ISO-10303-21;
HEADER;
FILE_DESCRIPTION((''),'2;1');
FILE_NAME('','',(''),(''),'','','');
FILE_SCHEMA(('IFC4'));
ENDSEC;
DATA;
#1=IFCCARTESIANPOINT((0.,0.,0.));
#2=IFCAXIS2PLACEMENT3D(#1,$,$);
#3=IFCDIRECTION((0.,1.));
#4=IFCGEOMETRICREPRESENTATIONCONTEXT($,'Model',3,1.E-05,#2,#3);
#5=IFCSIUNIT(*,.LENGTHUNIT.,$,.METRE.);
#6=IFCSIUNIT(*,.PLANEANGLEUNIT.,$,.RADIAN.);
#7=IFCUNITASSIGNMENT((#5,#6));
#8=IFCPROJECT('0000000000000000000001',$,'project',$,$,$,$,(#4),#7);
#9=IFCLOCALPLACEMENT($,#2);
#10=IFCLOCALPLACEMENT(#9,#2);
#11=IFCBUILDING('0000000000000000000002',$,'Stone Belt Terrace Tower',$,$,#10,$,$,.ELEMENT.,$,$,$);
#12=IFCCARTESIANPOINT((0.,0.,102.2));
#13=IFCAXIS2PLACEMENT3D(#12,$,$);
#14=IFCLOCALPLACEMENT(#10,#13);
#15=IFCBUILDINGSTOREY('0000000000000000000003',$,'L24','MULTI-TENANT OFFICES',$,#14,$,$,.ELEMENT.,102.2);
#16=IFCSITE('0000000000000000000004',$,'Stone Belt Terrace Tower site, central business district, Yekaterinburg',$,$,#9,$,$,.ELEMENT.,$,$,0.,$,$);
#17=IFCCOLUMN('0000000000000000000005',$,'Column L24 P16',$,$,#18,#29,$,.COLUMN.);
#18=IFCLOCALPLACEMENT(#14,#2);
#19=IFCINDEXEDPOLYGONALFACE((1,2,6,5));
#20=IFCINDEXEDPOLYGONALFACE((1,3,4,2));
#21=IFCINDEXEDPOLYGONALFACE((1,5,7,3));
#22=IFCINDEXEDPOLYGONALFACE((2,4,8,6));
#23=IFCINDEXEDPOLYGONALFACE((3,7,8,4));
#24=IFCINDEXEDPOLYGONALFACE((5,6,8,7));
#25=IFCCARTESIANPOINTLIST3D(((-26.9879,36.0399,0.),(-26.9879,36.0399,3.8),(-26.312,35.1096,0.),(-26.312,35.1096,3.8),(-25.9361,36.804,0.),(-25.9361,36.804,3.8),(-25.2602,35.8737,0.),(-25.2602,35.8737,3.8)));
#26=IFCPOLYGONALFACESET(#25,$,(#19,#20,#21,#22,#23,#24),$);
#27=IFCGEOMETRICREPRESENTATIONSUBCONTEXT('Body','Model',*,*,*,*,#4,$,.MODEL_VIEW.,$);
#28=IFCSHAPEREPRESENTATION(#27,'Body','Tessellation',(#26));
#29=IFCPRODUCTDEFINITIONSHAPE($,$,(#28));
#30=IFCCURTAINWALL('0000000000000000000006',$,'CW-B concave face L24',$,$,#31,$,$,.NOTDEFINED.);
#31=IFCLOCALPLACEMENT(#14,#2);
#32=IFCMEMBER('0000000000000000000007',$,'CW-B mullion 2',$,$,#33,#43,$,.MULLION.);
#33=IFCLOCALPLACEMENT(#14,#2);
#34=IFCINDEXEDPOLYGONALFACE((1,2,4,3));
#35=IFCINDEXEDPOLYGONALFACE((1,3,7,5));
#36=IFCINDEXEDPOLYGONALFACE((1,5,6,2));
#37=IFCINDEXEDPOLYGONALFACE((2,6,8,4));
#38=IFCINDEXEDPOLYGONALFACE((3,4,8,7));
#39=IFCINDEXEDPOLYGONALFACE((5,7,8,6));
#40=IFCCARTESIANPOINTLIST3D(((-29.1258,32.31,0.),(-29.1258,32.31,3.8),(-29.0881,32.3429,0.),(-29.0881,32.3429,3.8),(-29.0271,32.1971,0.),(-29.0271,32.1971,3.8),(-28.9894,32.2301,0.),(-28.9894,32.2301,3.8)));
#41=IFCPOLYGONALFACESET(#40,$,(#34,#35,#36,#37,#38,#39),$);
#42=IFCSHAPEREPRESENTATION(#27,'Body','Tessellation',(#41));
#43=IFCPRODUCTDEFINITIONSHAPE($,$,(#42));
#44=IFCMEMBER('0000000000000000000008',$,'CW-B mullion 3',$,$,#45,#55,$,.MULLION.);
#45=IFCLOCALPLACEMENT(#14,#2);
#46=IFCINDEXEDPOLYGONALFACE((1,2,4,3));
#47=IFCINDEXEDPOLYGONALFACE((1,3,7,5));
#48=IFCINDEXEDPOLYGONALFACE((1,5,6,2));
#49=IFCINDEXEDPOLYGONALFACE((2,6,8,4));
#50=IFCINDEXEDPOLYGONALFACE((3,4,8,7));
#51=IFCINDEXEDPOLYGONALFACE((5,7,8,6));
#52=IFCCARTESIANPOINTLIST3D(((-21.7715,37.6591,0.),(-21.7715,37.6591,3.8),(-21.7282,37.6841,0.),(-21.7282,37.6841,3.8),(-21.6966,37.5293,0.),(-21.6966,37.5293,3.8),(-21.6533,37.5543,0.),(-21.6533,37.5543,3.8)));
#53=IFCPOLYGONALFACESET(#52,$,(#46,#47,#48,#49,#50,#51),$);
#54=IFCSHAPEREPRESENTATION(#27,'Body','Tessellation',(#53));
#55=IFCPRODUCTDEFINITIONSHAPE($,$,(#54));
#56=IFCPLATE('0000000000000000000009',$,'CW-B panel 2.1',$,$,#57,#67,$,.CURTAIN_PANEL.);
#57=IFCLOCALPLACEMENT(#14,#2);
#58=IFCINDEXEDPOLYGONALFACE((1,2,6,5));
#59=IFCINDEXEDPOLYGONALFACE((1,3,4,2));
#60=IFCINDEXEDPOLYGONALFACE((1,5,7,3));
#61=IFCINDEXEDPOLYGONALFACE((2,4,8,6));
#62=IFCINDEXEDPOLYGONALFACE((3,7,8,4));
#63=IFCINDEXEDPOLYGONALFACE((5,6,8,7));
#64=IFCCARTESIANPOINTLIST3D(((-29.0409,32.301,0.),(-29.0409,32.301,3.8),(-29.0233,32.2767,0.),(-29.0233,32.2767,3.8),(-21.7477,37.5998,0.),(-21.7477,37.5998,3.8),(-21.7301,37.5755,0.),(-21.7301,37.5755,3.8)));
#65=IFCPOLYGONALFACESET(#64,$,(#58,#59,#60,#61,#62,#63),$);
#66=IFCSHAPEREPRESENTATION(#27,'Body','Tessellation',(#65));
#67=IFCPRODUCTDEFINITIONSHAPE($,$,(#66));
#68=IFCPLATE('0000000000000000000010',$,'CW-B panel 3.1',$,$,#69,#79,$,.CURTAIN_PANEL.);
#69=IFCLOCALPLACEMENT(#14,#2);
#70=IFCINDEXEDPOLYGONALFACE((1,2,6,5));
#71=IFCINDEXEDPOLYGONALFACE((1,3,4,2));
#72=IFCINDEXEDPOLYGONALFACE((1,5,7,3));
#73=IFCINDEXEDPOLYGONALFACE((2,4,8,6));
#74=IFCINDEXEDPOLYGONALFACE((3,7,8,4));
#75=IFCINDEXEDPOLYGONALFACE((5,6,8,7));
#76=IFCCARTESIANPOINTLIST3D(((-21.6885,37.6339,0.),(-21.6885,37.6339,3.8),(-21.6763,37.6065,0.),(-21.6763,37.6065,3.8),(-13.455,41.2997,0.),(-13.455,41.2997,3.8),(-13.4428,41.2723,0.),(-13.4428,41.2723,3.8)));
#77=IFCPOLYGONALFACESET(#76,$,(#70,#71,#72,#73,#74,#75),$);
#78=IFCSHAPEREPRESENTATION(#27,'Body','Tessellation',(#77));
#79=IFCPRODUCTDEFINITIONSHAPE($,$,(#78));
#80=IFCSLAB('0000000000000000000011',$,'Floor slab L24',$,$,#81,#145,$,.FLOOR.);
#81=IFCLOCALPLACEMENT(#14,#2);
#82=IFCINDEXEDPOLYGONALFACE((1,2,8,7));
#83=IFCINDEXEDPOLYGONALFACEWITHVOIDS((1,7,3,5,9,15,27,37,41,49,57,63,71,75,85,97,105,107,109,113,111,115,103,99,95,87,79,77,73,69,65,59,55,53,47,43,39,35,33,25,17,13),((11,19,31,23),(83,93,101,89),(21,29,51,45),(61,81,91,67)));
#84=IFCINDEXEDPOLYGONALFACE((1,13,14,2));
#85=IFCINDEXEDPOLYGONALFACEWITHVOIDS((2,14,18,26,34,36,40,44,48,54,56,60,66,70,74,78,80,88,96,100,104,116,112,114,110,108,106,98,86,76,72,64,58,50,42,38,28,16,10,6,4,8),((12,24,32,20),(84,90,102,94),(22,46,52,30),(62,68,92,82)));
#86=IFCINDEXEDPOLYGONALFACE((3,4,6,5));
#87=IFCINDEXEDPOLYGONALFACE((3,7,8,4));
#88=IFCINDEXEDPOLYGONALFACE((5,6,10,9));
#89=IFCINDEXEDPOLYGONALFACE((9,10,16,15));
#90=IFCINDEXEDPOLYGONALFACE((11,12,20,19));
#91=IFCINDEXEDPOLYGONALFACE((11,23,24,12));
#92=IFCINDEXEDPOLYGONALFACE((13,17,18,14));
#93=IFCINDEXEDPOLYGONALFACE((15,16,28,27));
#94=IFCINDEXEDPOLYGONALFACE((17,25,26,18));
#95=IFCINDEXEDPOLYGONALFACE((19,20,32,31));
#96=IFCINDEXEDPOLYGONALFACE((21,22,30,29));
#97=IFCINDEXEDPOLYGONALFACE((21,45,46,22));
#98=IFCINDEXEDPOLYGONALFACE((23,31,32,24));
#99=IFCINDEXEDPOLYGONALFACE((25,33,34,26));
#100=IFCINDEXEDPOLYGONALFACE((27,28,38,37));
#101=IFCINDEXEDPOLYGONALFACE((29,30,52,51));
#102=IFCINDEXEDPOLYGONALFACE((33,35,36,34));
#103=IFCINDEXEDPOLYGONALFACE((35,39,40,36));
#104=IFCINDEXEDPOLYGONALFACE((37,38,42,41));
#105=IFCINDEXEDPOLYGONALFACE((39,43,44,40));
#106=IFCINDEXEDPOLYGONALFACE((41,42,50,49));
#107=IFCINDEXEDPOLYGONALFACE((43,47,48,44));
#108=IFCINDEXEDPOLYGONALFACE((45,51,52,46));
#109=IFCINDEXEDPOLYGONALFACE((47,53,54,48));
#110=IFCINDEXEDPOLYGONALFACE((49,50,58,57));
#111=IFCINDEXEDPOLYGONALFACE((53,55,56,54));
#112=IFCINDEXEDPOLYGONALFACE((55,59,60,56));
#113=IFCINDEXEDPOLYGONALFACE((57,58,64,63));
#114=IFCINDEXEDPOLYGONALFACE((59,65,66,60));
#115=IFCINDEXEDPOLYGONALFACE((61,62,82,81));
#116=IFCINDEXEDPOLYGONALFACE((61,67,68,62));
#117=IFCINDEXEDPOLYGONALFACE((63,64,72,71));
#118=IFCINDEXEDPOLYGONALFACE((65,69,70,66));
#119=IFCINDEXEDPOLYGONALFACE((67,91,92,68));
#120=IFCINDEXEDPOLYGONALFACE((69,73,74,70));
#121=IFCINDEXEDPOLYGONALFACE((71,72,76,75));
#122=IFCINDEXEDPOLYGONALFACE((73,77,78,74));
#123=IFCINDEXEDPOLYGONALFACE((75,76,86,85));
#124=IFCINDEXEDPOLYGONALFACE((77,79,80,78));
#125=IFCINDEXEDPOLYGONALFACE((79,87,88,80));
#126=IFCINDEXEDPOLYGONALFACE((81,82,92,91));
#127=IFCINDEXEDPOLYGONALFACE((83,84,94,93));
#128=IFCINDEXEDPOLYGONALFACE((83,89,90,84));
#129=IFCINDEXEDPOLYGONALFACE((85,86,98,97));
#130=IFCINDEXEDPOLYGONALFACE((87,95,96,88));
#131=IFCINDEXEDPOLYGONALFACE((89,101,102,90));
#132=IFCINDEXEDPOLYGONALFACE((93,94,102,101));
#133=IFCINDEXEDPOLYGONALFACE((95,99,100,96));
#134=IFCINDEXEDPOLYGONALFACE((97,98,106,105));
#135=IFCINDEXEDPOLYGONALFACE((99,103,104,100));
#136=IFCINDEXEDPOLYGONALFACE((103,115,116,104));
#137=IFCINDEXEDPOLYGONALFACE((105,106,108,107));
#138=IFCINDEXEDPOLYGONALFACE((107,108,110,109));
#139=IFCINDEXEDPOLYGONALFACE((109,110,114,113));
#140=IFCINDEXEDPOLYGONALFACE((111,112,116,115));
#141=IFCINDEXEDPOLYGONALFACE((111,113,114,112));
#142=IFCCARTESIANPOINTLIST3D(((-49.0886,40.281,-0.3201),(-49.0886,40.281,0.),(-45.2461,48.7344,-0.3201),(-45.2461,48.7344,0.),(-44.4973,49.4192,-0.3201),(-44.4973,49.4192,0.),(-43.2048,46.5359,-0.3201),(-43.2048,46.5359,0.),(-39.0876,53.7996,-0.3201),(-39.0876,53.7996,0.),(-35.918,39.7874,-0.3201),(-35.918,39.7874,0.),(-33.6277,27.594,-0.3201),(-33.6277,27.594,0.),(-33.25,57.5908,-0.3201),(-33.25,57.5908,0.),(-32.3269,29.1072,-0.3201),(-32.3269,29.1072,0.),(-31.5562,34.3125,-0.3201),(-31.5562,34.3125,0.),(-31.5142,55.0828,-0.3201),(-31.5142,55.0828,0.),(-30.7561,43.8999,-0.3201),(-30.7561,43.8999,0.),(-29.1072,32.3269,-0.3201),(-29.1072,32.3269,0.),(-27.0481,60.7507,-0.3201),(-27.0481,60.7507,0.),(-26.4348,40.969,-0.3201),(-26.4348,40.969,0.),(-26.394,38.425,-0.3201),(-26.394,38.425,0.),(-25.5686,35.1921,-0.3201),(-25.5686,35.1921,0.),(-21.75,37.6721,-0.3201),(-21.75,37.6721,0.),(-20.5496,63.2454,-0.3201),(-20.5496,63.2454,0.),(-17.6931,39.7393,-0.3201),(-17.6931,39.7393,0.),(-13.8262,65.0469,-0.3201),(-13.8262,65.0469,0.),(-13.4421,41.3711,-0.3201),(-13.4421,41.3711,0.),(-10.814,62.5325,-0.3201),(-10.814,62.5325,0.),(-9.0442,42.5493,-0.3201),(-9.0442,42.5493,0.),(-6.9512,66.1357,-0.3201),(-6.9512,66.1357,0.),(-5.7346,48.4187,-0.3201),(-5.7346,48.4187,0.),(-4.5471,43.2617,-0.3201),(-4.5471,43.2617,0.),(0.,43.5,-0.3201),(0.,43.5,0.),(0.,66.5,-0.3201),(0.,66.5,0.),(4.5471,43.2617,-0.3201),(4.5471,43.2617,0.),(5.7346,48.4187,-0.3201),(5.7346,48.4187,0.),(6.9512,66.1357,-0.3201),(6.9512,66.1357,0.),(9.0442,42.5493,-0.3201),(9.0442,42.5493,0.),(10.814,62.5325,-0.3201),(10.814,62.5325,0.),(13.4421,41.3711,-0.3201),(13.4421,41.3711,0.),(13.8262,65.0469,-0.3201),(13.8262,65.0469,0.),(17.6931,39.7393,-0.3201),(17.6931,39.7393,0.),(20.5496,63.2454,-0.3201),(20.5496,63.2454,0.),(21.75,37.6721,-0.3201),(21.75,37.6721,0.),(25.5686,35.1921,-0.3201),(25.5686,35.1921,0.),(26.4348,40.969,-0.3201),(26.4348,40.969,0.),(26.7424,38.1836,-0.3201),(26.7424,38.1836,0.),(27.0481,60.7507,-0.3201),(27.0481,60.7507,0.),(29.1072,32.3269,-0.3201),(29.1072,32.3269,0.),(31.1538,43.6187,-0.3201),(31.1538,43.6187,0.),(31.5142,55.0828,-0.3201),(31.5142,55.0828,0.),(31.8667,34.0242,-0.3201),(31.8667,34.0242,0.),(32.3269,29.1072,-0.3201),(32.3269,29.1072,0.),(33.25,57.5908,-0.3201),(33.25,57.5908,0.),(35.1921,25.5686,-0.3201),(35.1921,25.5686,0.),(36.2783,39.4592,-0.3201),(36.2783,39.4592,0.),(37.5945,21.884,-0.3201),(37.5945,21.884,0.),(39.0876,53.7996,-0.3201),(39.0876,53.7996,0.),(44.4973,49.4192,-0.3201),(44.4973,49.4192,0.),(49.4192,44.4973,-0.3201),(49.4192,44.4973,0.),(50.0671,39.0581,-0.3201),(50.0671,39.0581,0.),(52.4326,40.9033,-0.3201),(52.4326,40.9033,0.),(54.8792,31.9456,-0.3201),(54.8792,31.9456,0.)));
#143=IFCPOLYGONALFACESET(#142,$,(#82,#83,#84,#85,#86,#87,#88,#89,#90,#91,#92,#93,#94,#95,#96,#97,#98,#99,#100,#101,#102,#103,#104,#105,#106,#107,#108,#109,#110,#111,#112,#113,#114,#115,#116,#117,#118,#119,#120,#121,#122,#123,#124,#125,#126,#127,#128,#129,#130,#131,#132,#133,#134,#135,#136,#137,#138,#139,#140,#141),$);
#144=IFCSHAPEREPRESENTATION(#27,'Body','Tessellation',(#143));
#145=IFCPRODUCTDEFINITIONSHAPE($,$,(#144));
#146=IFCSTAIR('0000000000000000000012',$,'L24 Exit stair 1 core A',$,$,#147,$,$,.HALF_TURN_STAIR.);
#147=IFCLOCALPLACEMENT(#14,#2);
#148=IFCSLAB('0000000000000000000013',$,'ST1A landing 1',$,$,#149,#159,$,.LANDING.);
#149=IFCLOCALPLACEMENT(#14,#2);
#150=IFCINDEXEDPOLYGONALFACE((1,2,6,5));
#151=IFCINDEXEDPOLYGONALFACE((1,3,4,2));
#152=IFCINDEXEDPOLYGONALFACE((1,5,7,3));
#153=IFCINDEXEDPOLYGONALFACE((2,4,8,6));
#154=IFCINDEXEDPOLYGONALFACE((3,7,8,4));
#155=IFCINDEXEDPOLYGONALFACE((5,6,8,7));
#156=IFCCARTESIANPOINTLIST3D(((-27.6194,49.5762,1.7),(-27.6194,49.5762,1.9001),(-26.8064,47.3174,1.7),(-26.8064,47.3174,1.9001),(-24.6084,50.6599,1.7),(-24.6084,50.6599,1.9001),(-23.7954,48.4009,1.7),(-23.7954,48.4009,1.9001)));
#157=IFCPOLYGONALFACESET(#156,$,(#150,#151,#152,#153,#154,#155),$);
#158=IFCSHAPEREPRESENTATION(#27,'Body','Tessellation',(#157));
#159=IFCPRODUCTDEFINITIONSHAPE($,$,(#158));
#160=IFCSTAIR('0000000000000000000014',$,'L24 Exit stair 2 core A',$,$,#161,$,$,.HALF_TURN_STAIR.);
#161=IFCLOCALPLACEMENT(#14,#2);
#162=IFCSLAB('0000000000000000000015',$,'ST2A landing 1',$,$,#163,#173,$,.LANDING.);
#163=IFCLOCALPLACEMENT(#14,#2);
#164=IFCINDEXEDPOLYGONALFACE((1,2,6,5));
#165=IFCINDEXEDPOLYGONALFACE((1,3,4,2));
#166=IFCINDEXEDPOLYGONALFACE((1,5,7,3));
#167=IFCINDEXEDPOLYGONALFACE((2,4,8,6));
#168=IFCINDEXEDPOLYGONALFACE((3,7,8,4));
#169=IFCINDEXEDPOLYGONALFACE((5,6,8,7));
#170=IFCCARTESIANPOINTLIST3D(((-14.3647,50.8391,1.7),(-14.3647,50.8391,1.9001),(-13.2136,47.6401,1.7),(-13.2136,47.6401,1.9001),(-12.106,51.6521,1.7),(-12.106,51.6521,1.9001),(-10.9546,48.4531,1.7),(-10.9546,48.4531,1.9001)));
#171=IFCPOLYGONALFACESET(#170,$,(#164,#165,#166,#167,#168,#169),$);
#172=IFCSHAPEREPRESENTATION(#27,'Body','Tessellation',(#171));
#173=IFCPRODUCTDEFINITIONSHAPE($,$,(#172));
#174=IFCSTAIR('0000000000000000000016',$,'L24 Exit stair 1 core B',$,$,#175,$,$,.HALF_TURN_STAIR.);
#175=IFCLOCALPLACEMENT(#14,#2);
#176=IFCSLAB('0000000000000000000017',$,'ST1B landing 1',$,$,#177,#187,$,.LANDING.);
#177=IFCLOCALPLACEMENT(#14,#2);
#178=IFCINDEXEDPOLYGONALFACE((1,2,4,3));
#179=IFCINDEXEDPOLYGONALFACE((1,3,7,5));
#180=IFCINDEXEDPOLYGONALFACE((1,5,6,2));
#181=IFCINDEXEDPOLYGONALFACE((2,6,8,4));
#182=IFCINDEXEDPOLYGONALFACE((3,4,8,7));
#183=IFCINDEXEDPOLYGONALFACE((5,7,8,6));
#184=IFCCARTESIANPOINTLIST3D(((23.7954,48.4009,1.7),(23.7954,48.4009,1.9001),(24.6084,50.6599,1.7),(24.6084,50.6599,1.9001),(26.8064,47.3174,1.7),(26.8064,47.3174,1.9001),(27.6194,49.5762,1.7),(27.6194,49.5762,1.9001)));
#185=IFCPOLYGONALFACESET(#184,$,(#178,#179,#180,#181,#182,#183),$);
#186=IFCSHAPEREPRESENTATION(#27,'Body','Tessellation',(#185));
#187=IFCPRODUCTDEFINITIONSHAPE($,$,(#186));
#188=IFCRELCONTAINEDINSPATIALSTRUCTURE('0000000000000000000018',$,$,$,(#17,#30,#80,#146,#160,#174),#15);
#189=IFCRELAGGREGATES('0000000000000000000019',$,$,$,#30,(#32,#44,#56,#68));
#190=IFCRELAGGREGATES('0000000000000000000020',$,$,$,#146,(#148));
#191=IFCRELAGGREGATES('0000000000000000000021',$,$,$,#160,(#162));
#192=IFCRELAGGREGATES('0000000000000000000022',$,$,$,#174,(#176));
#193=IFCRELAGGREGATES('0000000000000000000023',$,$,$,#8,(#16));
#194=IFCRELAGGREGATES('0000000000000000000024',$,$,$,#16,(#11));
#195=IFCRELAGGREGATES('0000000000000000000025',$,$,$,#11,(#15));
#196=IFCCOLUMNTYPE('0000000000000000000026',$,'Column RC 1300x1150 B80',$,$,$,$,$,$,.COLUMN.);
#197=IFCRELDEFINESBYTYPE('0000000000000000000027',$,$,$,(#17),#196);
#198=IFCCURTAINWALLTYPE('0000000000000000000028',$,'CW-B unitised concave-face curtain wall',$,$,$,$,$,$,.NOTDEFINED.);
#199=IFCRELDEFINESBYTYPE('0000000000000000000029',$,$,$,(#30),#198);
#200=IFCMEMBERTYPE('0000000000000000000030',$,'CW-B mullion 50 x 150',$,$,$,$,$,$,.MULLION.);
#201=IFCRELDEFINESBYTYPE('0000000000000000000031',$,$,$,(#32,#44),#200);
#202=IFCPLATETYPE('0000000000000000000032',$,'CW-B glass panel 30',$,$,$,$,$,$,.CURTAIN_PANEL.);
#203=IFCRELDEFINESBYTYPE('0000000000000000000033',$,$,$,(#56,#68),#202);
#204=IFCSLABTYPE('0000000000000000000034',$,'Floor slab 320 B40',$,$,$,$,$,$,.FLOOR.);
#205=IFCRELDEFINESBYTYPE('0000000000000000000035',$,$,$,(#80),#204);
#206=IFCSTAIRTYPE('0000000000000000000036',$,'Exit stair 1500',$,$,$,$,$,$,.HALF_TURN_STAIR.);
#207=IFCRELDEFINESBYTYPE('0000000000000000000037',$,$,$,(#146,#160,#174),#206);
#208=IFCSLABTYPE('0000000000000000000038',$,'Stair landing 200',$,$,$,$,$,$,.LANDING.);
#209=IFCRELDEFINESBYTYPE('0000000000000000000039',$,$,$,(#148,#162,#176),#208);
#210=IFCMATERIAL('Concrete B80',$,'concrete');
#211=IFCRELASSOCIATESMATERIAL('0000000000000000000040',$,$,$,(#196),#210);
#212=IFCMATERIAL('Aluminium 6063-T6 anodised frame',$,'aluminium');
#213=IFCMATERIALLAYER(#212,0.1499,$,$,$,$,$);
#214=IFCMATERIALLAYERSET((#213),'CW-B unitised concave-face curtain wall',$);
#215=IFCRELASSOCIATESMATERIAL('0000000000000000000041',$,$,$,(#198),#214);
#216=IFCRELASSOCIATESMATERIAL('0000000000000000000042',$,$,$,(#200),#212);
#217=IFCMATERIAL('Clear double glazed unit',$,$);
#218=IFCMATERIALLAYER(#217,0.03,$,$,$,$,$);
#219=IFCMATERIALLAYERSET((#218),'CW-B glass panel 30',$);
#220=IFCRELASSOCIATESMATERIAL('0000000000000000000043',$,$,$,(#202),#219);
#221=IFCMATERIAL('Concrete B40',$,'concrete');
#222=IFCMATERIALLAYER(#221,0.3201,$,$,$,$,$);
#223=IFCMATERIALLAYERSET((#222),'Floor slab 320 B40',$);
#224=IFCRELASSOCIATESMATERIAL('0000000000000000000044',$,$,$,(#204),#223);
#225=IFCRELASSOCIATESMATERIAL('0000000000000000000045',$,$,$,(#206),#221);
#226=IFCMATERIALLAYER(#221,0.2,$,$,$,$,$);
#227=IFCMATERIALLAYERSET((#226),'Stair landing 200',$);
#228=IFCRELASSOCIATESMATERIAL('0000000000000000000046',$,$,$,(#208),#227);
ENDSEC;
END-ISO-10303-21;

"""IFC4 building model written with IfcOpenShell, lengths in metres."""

from ifc_helpers import new_model, si_unit, direction, frame, origin, origin_2d, place, context, subcontext, project, spatial, polyline, rectangle, outline, extrude, material, layer, layer_set, material_profile, profile_set, type_object, element, aggregate, save


model = new_model("IFC4")

# Units and contexts
model_context = context("Model", 3, precision=1e-05, world=origin(), true_north=direction((0.0, 1.0)))
body_context = subcontext(model_context, "Body", "Model", "MODEL_VIEW")
ifc_project = project(units=[si_unit("LENGTHUNIT", "METRE"), si_unit("PLANEANGLEUNIT", "RADIAN")], contexts=[model_context])

# Site, building, storey
site_placement = place(None, origin())
site = spatial("IfcSite", under=ifc_project, at=site_placement, Name="Stone Belt Terrace Tower site, central business district, Yekaterinburg", CompositionType="ELEMENT", RefElevation=0.0)
building_placement = place(site_placement, origin())
building = spatial("IfcBuilding", under=site, at=building_placement, Name="Stone Belt Terrace Tower", CompositionType="ELEMENT")
storey_placement = place(building_placement, frame((0.0, 0.0, 102.2)))
storey = spatial("IfcBuildingStorey", under=building, at=storey_placement, Name="L24", Description="MULTI-TENANT OFFICES", CompositionType="ELEMENT", Elevation=102.2)

# Column
ifc_material_1 = material(Name="Concrete B80", Category="concrete")
ifc_material_profile_1 = material_profile(ifc_material_1, rectangle(XDim=1.3, YDim=1.1499, at=origin_2d()), Name="RC 1300x1150")
ifc_profile_set_1 = profile_set([ifc_material_profile_1], Name="Concrete B80")
column_type = type_object("IfcColumnType", Name="Column RC 1300x1150 B80", PredefinedType="COLUMN", material=ifc_profile_set_1)
column_placement = place(storey_placement, frame((-26.124, 35.9568, 0.0), z_axis=(0.0, 0.0, 1.0), x_axis=(0.809017, 0.587785, 0.0)))
element("IfcColumn", 1, at=column_placement, inside=storey, type_object=column_type, Name="Column L24 P16", PredefinedType="COLUMN", context=body_context, shape_type="SweptSolid", body=[
    extrude(rectangle(XDim=1.3, YDim=1.1499, at=origin_2d()), origin(), (0.0, 0.0, 1.0), 3.8),
])

# Curtain wall, members, plates
ifc_material_2 = material(Name="Aluminium 6063-T6 anodised frame", Category="aluminium")
ifc_layer_1 = layer(ifc_material_2, 0.1499)
ifc_layer_set_1 = layer_set([ifc_layer_1], Name="CW-B unitised concave-face curtain wall")
curtain_wall_type = type_object("IfcCurtainWallType", Name="CW-B unitised concave-face curtain wall", PredefinedType="NOTDEFINED", material=ifc_layer_set_1)
curtain_wall_placement = place(storey_placement, origin())
curtain_wall = element("IfcCurtainWall", 2, at=curtain_wall_placement, inside=storey, type_object=curtain_wall_type, Name="CW-B concave face L24", PredefinedType="NOTDEFINED")
ifc_material_profile_2 = material_profile(ifc_material_2, rectangle(XDim=0.1499, YDim=0.05, at=origin_2d()), Name="Aluminium 6063-T6 50x150")
ifc_profile_set_2 = profile_set([ifc_material_profile_2], Name="Aluminium 6063-T6 anodised frame")
member_type = type_object("IfcMemberType", Name="CW-B mullion 50 x 150", PredefinedType="MULLION", material=ifc_profile_set_2)
member_1_placement = place(storey_placement, frame((-29.0576, 32.27, 0.0), z_axis=(0.0, 0.0, 1.0), x_axis=(-0.658127, 0.752907, 0.0)))
member_1 = element("IfcMember", 3, at=member_1_placement, type_object=member_type, Name="CW-B mullion 2", PredefinedType="MULLION", context=body_context, shape_type="SweptSolid", body=[
    extrude(rectangle(XDim=0.1499, YDim=0.05, at=origin_2d()), origin(), (0.0, 0.0, 1.0), 3.8),
])
member_2_placement = place(storey_placement, frame((-21.7124, 37.6067, 0.0), z_axis=(0.0, 0.0, 1.0), x_axis=(-0.5, 0.866025, 0.0)))
member_2 = element("IfcMember", 4, at=member_2_placement, type_object=member_type, Name="CW-B mullion 3", PredefinedType="MULLION", context=body_context, shape_type="SweptSolid", body=[
    extrude(rectangle(XDim=0.1499, YDim=0.05, at=origin_2d()), origin(), (0.0, 0.0, 1.0), 3.8),
])
ifc_material_3 = material(Name="Clear double glazed unit")
ifc_layer_2 = layer(ifc_material_3, 0.03)
ifc_layer_set_2 = layer_set([ifc_layer_2], Name="CW-B glass panel 30")
plate_type = type_object("IfcPlateType", Name="CW-B glass panel 30", PredefinedType="CURTAIN_PANEL", material=ifc_layer_set_2)
plate_1_placement = place(storey_placement, frame((-25.3855, 34.9382, 0.0), z_axis=(0.0, 0.0, 1.0), x_axis=(0.809017, 0.587785, 0.0)))
plate_1 = element("IfcPlate", 5, at=plate_1_placement, type_object=plate_type, Name="CW-B panel 2.1", PredefinedType="CURTAIN_PANEL", context=body_context, shape_type="SweptSolid", body=[
    extrude(rectangle(XDim=9.0149, YDim=0.03, at=origin_2d()), origin(), (0.0, 0.0, 1.0), 3.8),
])
plate_2_placement = place(storey_placement, frame((-17.5657, 39.4531, 0.0), z_axis=(0.0, 0.0, 1.0), x_axis=(0.913545, 0.406737, 0.0)))
plate_2 = element("IfcPlate", 6, at=plate_2_placement, type_object=plate_type, Name="CW-B panel 3.1", PredefinedType="CURTAIN_PANEL", context=body_context, shape_type="SweptSolid", body=[
    extrude(rectangle(XDim=9.0127, YDim=0.03, at=origin_2d()), origin(), (0.0, 0.0, 1.0), 3.8),
])
aggregate(curtain_wall, [member_1, member_2, plate_1, plate_2])

# Slab
ifc_material_4 = material(Name="Concrete B40", Category="concrete")
ifc_layer_3 = layer(ifc_material_4, 0.3201)
ifc_layer_set_3 = layer_set([ifc_layer_3], Name="Floor slab 320 B40")
slab_type_1 = type_object("IfcSlabType", Name="Floor slab 320 B40", PredefinedType="FLOOR", material=ifc_layer_set_3)
slab_1_placement = place(storey_placement, frame((0.0, 0.0, -0.3201)))
element("IfcSlab", 7, at=slab_1_placement, inside=storey, type_object=slab_type_1, Name="Floor slab L24", PredefinedType="FLOOR", context=body_context, shape_type="SweptSolid", body=[
    extrude(outline(polyline([(-44.4973, 49.4192), (-39.0876, 53.7996), (-33.25, 57.5908), (-27.0481, 60.7507), (-20.5496, 63.2454), (-13.8262, 65.0469), (-6.9512, 66.1357), (0.0, 66.5), (6.9512, 66.1357), (13.8262, 65.0469), (20.5496, 63.2454), (27.0481, 60.7507), (33.25, 57.5908), (39.0876, 53.7996), (44.4973, 49.4192), (49.4192, 44.4973), (52.4326, 40.9033), (50.0671, 39.0581), (54.8792, 31.9456), (37.5945, 21.884), (35.1921, 25.5686), (32.3269, 29.1072), (29.1072, 32.3269), (25.5686, 35.1921), (21.75, 37.6721), (17.6931, 39.7393), (13.4421, 41.3711), (9.0442, 42.5493), (4.5471, 43.2617), (0.0, 43.5), (-4.5471, 43.2617), (-9.0442, 42.5493), (-13.4421, 41.3711), (-17.6931, 39.7393), (-21.75, 37.6721), (-25.5686, 35.1921), (-29.1072, 32.3269), (-32.3269, 29.1072), (-33.6277, 27.594), (-49.0886, 40.281), (-43.2048, 46.5359), (-45.2461, 48.7344), (-44.4973, 49.4192)]), holes=[polyline([(-26.4348, 40.969), (-5.7346, 48.4187), (-10.814, 62.5325), (-31.5142, 55.0828), (-26.4348, 40.969)]), polyline([(10.814, 62.5325), (5.7346, 48.4187), (26.4348, 40.969), (31.5142, 55.0828), (10.814, 62.5325)]), polyline([(-35.918, 39.7874), (-31.5562, 34.3125), (-26.394, 38.425), (-30.7561, 43.8999), (-35.918, 39.7874)]), polyline([(36.2783, 39.4592), (31.1538, 43.6187), (26.7424, 38.1836), (31.8667, 34.0242), (36.2783, 39.4592)])]), origin(), (0.0, 0.0, 1.0), 0.3201),
])

# Stairs, slabs
stair_type = type_object("IfcStairType", Name="Exit stair 1500", PredefinedType="HALF_TURN_STAIR", material=ifc_material_4)
stair_1_placement = place(storey_placement, origin())
stair_1 = element("IfcStair", 8, at=stair_1_placement, inside=storey, type_object=stair_type, Name="L24 Exit stair 1 core A", PredefinedType="HALF_TURN_STAIR")
ifc_layer_4 = layer(ifc_material_4, 0.2)
ifc_layer_set_4 = layer_set([ifc_layer_4], Name="Stair landing 200")
slab_type_2 = type_object("IfcSlabType", Name="Stair landing 200", PredefinedType="LANDING", material=ifc_layer_set_4)
slab_2_placement = place(storey_placement, frame((0.0, 0.0, 1.7)))
slab_2 = element("IfcSlab", 9, at=slab_2_placement, type_object=slab_type_2, Name="ST1A landing 1", PredefinedType="LANDING", context=body_context, shape_type="SweptSolid", body=[
    extrude(outline(polyline([(-23.7954, 48.4009), (-24.6084, 50.6599), (-27.6194, 49.5762), (-26.8064, 47.3174), (-23.7954, 48.4009)])), origin(), (0.0, 0.0, 1.0), 0.2002),
])
aggregate(stair_1, [slab_2])
stair_2_placement = place(storey_placement, origin())
stair_2 = element("IfcStair", 10, at=stair_2_placement, inside=storey, type_object=stair_type, Name="L24 Exit stair 2 core A", PredefinedType="HALF_TURN_STAIR")
slab_3_placement = place(storey_placement, frame((0.0, 0.0, 1.7)))
slab_3 = element("IfcSlab", 11, at=slab_3_placement, type_object=slab_type_2, Name="ST2A landing 1", PredefinedType="LANDING", context=body_context, shape_type="SweptSolid", body=[
    extrude(outline(polyline([(-13.2136, 47.6401), (-10.9546, 48.4531), (-12.106, 51.6521), (-14.3647, 50.8391), (-13.2136, 47.6401)])), origin(), (0.0, 0.0, 1.0), 0.2002),
])
aggregate(stair_2, [slab_3])
stair_3_placement = place(storey_placement, origin())
stair_3 = element("IfcStair", 12, at=stair_3_placement, inside=storey, type_object=stair_type, Name="L24 Exit stair 1 core B", PredefinedType="HALF_TURN_STAIR")
slab_4_placement = place(storey_placement, frame((0.0, 0.0, 1.7)))
slab_4 = element("IfcSlab", 13, at=slab_4_placement, type_object=slab_type_2, Name="ST1B landing 1", PredefinedType="LANDING", context=body_context, shape_type="SweptSolid", body=[
    extrude(outline(polyline([(26.8064, 47.3174), (27.6194, 49.5762), (24.6084, 50.6599), (23.7954, 48.4009), (26.8064, 47.3174)])), origin(), (0.0, 0.0, 1.0), 0.2002),
])
aggregate(stair_3, [slab_4])

save(model, "model.ifc")
